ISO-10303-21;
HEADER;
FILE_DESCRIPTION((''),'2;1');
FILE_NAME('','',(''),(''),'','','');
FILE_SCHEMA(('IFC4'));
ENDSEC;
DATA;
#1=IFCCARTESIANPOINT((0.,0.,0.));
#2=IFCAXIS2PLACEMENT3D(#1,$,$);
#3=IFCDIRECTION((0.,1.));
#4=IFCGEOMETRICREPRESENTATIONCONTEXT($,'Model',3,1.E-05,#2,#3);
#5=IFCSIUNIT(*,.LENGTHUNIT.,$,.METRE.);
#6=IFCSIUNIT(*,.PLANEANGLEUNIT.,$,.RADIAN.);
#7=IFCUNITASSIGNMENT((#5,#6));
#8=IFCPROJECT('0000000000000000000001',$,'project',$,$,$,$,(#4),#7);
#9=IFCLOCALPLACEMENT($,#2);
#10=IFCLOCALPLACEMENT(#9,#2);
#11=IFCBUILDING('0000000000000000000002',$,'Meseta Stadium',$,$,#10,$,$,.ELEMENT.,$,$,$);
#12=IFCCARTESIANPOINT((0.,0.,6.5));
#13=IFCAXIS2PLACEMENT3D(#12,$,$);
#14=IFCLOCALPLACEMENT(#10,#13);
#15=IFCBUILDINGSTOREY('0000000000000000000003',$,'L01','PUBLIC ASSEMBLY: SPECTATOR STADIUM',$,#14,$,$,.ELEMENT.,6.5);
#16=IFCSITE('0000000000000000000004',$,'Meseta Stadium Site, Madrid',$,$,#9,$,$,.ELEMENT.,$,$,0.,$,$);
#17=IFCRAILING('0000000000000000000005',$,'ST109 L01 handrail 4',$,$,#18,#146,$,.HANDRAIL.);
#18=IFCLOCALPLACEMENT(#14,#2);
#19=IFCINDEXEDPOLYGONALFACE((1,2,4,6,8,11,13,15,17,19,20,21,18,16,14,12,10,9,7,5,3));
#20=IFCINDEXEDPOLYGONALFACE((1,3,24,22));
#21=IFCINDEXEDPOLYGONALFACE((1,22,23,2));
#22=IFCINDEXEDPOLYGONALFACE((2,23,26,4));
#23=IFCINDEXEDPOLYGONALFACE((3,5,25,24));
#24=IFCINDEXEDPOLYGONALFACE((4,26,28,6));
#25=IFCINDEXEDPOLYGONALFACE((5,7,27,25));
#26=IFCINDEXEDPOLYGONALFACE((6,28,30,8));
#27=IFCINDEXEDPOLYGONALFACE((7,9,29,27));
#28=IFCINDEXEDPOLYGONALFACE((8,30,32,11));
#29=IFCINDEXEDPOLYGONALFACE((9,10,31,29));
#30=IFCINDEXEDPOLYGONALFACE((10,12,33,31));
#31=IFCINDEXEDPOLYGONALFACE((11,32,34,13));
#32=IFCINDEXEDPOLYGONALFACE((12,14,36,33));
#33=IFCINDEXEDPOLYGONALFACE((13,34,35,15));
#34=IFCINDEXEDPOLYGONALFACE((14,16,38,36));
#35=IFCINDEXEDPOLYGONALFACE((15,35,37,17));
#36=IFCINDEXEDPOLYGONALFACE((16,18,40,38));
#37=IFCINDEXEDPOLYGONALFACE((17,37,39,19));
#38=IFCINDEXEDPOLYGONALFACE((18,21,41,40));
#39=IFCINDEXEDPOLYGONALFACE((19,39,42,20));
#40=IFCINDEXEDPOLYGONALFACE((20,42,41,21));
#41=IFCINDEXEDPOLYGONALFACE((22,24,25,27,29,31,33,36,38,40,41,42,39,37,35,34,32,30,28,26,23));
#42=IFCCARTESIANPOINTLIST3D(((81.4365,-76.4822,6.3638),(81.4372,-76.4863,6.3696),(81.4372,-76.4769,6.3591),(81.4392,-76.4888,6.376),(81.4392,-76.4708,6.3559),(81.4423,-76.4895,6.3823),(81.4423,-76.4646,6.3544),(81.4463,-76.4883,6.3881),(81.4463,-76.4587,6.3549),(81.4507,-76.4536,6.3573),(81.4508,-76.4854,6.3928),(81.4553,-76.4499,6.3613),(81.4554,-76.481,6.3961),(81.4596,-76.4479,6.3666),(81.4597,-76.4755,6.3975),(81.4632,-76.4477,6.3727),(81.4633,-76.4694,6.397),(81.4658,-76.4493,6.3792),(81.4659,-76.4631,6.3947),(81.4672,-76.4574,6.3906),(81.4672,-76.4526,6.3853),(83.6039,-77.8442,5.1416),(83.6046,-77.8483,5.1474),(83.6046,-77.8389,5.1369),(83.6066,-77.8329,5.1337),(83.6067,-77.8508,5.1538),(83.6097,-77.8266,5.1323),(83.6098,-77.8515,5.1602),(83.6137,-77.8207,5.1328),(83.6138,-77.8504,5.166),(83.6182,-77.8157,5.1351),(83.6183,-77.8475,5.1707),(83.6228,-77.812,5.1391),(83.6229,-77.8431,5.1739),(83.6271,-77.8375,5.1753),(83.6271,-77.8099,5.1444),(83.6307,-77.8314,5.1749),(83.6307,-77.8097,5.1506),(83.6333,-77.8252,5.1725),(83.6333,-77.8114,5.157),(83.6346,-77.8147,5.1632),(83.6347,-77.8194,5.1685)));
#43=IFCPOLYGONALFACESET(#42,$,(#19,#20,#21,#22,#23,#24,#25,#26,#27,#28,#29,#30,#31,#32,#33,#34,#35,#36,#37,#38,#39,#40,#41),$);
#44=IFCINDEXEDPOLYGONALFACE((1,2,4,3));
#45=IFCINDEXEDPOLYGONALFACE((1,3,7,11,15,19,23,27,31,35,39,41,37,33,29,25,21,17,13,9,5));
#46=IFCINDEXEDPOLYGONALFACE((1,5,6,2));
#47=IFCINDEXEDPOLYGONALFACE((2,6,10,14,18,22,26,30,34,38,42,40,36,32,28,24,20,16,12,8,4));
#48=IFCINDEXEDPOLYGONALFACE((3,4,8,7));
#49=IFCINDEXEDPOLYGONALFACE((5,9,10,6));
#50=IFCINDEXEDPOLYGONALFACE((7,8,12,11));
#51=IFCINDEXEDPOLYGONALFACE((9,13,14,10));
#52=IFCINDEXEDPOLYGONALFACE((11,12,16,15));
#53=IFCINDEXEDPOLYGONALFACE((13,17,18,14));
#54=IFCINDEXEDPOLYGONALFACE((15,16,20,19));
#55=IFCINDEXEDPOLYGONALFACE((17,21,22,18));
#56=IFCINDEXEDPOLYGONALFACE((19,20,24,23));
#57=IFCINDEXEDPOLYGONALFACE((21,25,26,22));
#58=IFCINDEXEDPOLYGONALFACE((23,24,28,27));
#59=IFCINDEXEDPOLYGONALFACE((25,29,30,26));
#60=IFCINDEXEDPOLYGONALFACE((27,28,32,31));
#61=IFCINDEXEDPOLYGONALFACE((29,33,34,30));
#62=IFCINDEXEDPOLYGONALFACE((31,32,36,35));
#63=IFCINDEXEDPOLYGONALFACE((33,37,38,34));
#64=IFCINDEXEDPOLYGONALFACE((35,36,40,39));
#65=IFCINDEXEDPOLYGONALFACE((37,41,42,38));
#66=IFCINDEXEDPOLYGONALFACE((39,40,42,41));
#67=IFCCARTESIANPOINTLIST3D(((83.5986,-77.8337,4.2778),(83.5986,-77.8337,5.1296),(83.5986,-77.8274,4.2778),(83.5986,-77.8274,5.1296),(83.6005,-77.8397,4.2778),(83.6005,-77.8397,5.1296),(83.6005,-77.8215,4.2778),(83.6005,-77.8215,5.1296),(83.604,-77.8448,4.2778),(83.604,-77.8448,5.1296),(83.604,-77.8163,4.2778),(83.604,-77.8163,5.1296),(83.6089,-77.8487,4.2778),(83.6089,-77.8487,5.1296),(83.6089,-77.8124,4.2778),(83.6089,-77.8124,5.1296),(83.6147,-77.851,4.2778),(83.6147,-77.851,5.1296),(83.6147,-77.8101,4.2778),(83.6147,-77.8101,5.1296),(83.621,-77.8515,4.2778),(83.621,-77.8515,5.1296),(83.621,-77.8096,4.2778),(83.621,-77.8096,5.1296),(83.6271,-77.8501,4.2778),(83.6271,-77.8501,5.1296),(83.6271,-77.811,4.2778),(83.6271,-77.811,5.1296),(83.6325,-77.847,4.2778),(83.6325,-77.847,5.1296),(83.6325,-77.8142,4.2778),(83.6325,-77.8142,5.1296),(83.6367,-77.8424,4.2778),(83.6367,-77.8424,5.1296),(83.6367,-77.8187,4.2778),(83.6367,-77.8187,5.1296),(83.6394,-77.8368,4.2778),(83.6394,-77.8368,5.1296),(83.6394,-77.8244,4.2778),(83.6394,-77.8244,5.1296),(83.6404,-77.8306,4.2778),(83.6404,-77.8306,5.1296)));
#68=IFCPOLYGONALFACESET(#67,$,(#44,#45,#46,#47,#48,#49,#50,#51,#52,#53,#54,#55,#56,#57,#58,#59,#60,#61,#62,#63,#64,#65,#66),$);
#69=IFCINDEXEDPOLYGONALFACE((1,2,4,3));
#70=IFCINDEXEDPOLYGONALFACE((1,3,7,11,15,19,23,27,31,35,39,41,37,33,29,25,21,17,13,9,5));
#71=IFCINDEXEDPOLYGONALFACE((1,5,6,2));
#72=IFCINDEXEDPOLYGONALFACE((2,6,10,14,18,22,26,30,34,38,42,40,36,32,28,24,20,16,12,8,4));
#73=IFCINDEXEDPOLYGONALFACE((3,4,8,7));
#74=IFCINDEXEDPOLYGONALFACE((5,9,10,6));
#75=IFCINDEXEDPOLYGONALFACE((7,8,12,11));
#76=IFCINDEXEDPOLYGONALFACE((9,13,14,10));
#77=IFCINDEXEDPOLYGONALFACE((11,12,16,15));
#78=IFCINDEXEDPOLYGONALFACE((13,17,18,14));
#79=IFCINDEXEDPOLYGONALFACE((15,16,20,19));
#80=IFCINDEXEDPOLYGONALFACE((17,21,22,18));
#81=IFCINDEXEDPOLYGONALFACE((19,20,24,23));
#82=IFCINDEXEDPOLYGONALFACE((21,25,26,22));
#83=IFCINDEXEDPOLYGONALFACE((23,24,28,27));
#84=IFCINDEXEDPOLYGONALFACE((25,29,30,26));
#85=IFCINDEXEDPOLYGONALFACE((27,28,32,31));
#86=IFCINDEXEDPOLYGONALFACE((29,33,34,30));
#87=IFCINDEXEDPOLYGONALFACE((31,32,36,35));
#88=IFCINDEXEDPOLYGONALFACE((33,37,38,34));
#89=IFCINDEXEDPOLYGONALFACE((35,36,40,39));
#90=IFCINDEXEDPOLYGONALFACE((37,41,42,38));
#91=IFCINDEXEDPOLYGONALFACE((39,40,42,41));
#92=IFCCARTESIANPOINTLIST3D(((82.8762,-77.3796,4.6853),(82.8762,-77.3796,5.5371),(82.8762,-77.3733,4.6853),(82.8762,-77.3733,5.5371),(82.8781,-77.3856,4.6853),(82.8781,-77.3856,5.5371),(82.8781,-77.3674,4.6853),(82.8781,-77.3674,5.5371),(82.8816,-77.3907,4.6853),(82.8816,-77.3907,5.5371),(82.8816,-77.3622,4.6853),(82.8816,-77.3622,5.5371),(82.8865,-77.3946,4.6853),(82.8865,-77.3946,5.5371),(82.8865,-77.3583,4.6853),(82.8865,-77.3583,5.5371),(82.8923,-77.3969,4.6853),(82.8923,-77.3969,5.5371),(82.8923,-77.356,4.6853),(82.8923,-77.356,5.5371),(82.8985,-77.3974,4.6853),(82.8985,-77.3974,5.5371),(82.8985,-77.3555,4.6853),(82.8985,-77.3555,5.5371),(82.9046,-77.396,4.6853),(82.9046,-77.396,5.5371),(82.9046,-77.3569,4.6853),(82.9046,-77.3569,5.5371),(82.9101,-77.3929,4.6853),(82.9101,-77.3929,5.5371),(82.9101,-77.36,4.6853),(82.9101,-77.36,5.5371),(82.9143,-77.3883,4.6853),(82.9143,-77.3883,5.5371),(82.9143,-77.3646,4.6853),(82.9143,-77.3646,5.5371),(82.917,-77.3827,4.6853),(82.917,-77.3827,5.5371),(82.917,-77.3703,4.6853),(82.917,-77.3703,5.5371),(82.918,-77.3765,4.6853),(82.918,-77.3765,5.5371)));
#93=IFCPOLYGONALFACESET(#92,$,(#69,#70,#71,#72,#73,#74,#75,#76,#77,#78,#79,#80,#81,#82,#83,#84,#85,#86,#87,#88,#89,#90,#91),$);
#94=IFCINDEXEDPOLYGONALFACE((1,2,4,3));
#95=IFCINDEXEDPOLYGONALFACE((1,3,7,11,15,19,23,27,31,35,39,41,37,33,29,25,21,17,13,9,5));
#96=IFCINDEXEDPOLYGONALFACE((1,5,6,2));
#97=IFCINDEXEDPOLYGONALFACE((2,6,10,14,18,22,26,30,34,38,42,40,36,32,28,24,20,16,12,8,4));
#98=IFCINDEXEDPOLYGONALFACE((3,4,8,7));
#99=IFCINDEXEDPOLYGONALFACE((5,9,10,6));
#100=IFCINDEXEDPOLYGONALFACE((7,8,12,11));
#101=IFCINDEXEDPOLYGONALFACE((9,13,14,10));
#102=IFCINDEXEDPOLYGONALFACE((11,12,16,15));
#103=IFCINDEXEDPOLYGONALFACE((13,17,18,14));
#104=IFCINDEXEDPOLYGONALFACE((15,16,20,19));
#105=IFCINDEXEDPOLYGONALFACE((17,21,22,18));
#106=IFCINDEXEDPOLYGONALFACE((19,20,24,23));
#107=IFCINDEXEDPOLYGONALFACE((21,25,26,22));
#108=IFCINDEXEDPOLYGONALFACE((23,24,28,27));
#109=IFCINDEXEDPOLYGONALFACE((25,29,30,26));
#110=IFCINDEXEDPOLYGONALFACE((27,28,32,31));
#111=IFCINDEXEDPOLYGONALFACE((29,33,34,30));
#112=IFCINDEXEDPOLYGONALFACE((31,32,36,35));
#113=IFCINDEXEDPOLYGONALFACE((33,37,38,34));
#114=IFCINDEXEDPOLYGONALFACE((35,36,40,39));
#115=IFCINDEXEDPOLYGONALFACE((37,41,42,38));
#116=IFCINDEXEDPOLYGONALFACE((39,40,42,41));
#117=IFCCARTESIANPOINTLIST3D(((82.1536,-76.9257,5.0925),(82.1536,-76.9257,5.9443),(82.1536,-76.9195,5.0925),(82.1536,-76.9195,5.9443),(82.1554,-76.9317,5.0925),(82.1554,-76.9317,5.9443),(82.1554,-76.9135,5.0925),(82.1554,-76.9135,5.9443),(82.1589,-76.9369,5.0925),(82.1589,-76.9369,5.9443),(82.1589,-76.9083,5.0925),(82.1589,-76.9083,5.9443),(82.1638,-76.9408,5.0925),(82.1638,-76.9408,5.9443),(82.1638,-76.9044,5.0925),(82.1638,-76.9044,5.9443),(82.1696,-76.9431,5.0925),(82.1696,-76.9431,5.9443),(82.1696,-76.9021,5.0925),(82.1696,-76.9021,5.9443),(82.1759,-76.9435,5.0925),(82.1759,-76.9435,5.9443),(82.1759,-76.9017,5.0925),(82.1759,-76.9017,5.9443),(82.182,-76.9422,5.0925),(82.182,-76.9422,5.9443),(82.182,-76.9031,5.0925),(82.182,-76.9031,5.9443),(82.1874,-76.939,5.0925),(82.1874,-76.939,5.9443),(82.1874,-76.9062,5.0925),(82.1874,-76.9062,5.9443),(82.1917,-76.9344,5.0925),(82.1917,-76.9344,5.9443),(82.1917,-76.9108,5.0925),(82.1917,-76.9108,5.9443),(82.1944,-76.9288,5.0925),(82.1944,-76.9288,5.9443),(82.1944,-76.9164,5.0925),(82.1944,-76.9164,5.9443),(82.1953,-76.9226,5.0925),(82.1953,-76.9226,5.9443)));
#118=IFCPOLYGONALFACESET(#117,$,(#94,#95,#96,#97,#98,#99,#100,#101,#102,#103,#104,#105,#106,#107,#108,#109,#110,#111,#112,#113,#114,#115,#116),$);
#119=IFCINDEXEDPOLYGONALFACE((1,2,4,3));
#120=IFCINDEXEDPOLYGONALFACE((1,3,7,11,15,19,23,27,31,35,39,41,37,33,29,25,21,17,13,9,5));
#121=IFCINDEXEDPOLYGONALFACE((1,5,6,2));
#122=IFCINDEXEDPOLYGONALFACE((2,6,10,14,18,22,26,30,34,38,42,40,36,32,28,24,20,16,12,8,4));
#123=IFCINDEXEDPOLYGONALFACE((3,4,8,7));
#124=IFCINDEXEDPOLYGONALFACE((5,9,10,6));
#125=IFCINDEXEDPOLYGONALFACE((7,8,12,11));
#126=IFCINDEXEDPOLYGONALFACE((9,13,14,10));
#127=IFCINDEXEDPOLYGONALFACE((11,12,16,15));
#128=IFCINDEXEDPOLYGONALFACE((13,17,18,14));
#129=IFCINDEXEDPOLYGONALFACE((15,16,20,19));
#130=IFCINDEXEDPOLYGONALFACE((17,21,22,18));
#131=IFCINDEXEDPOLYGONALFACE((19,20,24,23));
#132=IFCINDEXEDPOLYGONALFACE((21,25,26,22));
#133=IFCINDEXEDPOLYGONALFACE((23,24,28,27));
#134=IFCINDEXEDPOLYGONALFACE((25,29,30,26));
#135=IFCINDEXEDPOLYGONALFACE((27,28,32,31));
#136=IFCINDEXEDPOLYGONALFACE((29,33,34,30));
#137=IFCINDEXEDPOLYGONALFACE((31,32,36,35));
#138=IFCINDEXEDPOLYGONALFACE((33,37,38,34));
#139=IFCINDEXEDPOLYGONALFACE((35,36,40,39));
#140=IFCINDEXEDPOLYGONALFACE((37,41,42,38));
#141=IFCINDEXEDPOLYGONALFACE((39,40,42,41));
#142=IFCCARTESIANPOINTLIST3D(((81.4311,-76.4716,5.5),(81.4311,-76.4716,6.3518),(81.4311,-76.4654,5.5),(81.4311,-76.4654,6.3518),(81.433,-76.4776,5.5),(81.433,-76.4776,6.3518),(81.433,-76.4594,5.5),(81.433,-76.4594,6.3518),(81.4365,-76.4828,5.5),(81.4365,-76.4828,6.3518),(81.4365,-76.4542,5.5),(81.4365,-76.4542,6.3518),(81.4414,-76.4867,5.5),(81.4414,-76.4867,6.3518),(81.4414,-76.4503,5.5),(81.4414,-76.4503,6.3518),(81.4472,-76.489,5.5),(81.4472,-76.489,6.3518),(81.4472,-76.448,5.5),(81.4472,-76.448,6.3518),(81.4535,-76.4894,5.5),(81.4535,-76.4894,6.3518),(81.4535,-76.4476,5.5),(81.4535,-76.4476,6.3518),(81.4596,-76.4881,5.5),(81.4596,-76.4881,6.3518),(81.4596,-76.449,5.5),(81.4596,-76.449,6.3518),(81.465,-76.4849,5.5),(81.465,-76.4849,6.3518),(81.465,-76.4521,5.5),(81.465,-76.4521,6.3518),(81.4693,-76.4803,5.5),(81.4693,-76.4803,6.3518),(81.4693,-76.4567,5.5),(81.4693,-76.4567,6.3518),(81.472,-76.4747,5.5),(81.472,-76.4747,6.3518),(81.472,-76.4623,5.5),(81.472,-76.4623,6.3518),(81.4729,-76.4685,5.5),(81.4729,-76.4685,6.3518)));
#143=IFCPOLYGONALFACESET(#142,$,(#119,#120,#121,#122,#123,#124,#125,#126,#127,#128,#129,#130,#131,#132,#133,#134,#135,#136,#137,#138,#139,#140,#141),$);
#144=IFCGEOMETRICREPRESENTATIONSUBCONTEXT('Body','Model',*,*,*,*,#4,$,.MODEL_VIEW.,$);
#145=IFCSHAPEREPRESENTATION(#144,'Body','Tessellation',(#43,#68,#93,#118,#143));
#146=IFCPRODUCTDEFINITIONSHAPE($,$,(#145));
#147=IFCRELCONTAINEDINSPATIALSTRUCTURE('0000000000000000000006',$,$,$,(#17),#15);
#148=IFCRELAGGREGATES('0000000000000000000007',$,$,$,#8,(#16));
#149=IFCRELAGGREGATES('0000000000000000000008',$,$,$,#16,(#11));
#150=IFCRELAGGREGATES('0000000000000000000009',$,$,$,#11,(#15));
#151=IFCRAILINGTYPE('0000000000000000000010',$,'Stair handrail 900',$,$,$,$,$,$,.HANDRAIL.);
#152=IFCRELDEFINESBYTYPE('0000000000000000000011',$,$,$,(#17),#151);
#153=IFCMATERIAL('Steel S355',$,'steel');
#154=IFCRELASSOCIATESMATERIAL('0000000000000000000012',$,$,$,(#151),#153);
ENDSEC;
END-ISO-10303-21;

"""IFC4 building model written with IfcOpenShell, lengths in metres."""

from ifc_helpers import new_model, si_unit, direction, frame, origin, origin_2d, place, context, subcontext, project, spatial, circle, extrude, material, type_object, element, save


model = new_model("IFC4")

# Units and contexts
model_context = context("Model", 3, precision=1e-05, world=origin(), true_north=direction((0.0, 1.0)))
body_context = subcontext(model_context, "Body", "Model", "MODEL_VIEW")
ifc_project = project(units=[si_unit("LENGTHUNIT", "METRE"), si_unit("PLANEANGLEUNIT", "RADIAN")], contexts=[model_context])

# Site, building, storey
site_placement = place(None, origin())
site = spatial("IfcSite", under=ifc_project, at=site_placement, Name="Meseta Stadium Site, Madrid", CompositionType="ELEMENT", RefElevation=0.0)
building_placement = place(site_placement, origin())
building = spatial("IfcBuilding", under=site, at=building_placement, Name="Meseta Stadium", CompositionType="ELEMENT")
storey_placement = place(building_placement, frame((0.0, 0.0, 6.5)))
storey = spatial("IfcBuildingStorey", under=building, at=storey_placement, Name="L01", Description="PUBLIC ASSEMBLY: SPECTATOR STADIUM", CompositionType="ELEMENT", Elevation=6.5)

# Railing
ifc_material_1 = material(Name="Steel S355", Category="steel")
railing_type_1 = type_object("IfcRailingType", Name="Stair handrail 900", PredefinedType="HANDRAIL", material=ifc_material_1)
railing_1_placement = place(storey_placement, frame((83.6194, -77.8306, 4.2778)))
element("IfcRailing", 1, at=railing_1_placement, inside=storey, type_object=railing_type_1, Name="ST109 L01 handrail 4", PredefinedType="HANDRAIL", context=body_context, shape_type="SweptSolid", body=[
    extrude(circle(Radius=0.0239, at=origin_2d()), frame((0.0, 0.0, 0.876), z_axis=(-0.764085, 0.480156, 0.430841), x_axis=(-0.532072, -0.846699, 0.0)), (0.0, 0.0, 1.0), 2.8367),
    extrude(circle(Radius=0.021, at=origin_2d()), origin(), (0.0, 0.0, 1.0), 0.8518),
    extrude(circle(Radius=0.021, at=origin_2d()), frame((-0.7224, 0.4541, 0.4075)), (0.0, 0.0, 1.0), 0.8518),
    extrude(circle(Radius=0.021, at=origin_2d()), frame((-1.4451, 0.908, 0.8147)), (0.0, 0.0, 1.0), 0.8518),
    extrude(circle(Radius=0.021, at=origin_2d()), frame((-2.1675, 1.3621, 1.2222)), (0.0, 0.0, 1.0), 0.8518),
])

save(model, "model.ifc")
